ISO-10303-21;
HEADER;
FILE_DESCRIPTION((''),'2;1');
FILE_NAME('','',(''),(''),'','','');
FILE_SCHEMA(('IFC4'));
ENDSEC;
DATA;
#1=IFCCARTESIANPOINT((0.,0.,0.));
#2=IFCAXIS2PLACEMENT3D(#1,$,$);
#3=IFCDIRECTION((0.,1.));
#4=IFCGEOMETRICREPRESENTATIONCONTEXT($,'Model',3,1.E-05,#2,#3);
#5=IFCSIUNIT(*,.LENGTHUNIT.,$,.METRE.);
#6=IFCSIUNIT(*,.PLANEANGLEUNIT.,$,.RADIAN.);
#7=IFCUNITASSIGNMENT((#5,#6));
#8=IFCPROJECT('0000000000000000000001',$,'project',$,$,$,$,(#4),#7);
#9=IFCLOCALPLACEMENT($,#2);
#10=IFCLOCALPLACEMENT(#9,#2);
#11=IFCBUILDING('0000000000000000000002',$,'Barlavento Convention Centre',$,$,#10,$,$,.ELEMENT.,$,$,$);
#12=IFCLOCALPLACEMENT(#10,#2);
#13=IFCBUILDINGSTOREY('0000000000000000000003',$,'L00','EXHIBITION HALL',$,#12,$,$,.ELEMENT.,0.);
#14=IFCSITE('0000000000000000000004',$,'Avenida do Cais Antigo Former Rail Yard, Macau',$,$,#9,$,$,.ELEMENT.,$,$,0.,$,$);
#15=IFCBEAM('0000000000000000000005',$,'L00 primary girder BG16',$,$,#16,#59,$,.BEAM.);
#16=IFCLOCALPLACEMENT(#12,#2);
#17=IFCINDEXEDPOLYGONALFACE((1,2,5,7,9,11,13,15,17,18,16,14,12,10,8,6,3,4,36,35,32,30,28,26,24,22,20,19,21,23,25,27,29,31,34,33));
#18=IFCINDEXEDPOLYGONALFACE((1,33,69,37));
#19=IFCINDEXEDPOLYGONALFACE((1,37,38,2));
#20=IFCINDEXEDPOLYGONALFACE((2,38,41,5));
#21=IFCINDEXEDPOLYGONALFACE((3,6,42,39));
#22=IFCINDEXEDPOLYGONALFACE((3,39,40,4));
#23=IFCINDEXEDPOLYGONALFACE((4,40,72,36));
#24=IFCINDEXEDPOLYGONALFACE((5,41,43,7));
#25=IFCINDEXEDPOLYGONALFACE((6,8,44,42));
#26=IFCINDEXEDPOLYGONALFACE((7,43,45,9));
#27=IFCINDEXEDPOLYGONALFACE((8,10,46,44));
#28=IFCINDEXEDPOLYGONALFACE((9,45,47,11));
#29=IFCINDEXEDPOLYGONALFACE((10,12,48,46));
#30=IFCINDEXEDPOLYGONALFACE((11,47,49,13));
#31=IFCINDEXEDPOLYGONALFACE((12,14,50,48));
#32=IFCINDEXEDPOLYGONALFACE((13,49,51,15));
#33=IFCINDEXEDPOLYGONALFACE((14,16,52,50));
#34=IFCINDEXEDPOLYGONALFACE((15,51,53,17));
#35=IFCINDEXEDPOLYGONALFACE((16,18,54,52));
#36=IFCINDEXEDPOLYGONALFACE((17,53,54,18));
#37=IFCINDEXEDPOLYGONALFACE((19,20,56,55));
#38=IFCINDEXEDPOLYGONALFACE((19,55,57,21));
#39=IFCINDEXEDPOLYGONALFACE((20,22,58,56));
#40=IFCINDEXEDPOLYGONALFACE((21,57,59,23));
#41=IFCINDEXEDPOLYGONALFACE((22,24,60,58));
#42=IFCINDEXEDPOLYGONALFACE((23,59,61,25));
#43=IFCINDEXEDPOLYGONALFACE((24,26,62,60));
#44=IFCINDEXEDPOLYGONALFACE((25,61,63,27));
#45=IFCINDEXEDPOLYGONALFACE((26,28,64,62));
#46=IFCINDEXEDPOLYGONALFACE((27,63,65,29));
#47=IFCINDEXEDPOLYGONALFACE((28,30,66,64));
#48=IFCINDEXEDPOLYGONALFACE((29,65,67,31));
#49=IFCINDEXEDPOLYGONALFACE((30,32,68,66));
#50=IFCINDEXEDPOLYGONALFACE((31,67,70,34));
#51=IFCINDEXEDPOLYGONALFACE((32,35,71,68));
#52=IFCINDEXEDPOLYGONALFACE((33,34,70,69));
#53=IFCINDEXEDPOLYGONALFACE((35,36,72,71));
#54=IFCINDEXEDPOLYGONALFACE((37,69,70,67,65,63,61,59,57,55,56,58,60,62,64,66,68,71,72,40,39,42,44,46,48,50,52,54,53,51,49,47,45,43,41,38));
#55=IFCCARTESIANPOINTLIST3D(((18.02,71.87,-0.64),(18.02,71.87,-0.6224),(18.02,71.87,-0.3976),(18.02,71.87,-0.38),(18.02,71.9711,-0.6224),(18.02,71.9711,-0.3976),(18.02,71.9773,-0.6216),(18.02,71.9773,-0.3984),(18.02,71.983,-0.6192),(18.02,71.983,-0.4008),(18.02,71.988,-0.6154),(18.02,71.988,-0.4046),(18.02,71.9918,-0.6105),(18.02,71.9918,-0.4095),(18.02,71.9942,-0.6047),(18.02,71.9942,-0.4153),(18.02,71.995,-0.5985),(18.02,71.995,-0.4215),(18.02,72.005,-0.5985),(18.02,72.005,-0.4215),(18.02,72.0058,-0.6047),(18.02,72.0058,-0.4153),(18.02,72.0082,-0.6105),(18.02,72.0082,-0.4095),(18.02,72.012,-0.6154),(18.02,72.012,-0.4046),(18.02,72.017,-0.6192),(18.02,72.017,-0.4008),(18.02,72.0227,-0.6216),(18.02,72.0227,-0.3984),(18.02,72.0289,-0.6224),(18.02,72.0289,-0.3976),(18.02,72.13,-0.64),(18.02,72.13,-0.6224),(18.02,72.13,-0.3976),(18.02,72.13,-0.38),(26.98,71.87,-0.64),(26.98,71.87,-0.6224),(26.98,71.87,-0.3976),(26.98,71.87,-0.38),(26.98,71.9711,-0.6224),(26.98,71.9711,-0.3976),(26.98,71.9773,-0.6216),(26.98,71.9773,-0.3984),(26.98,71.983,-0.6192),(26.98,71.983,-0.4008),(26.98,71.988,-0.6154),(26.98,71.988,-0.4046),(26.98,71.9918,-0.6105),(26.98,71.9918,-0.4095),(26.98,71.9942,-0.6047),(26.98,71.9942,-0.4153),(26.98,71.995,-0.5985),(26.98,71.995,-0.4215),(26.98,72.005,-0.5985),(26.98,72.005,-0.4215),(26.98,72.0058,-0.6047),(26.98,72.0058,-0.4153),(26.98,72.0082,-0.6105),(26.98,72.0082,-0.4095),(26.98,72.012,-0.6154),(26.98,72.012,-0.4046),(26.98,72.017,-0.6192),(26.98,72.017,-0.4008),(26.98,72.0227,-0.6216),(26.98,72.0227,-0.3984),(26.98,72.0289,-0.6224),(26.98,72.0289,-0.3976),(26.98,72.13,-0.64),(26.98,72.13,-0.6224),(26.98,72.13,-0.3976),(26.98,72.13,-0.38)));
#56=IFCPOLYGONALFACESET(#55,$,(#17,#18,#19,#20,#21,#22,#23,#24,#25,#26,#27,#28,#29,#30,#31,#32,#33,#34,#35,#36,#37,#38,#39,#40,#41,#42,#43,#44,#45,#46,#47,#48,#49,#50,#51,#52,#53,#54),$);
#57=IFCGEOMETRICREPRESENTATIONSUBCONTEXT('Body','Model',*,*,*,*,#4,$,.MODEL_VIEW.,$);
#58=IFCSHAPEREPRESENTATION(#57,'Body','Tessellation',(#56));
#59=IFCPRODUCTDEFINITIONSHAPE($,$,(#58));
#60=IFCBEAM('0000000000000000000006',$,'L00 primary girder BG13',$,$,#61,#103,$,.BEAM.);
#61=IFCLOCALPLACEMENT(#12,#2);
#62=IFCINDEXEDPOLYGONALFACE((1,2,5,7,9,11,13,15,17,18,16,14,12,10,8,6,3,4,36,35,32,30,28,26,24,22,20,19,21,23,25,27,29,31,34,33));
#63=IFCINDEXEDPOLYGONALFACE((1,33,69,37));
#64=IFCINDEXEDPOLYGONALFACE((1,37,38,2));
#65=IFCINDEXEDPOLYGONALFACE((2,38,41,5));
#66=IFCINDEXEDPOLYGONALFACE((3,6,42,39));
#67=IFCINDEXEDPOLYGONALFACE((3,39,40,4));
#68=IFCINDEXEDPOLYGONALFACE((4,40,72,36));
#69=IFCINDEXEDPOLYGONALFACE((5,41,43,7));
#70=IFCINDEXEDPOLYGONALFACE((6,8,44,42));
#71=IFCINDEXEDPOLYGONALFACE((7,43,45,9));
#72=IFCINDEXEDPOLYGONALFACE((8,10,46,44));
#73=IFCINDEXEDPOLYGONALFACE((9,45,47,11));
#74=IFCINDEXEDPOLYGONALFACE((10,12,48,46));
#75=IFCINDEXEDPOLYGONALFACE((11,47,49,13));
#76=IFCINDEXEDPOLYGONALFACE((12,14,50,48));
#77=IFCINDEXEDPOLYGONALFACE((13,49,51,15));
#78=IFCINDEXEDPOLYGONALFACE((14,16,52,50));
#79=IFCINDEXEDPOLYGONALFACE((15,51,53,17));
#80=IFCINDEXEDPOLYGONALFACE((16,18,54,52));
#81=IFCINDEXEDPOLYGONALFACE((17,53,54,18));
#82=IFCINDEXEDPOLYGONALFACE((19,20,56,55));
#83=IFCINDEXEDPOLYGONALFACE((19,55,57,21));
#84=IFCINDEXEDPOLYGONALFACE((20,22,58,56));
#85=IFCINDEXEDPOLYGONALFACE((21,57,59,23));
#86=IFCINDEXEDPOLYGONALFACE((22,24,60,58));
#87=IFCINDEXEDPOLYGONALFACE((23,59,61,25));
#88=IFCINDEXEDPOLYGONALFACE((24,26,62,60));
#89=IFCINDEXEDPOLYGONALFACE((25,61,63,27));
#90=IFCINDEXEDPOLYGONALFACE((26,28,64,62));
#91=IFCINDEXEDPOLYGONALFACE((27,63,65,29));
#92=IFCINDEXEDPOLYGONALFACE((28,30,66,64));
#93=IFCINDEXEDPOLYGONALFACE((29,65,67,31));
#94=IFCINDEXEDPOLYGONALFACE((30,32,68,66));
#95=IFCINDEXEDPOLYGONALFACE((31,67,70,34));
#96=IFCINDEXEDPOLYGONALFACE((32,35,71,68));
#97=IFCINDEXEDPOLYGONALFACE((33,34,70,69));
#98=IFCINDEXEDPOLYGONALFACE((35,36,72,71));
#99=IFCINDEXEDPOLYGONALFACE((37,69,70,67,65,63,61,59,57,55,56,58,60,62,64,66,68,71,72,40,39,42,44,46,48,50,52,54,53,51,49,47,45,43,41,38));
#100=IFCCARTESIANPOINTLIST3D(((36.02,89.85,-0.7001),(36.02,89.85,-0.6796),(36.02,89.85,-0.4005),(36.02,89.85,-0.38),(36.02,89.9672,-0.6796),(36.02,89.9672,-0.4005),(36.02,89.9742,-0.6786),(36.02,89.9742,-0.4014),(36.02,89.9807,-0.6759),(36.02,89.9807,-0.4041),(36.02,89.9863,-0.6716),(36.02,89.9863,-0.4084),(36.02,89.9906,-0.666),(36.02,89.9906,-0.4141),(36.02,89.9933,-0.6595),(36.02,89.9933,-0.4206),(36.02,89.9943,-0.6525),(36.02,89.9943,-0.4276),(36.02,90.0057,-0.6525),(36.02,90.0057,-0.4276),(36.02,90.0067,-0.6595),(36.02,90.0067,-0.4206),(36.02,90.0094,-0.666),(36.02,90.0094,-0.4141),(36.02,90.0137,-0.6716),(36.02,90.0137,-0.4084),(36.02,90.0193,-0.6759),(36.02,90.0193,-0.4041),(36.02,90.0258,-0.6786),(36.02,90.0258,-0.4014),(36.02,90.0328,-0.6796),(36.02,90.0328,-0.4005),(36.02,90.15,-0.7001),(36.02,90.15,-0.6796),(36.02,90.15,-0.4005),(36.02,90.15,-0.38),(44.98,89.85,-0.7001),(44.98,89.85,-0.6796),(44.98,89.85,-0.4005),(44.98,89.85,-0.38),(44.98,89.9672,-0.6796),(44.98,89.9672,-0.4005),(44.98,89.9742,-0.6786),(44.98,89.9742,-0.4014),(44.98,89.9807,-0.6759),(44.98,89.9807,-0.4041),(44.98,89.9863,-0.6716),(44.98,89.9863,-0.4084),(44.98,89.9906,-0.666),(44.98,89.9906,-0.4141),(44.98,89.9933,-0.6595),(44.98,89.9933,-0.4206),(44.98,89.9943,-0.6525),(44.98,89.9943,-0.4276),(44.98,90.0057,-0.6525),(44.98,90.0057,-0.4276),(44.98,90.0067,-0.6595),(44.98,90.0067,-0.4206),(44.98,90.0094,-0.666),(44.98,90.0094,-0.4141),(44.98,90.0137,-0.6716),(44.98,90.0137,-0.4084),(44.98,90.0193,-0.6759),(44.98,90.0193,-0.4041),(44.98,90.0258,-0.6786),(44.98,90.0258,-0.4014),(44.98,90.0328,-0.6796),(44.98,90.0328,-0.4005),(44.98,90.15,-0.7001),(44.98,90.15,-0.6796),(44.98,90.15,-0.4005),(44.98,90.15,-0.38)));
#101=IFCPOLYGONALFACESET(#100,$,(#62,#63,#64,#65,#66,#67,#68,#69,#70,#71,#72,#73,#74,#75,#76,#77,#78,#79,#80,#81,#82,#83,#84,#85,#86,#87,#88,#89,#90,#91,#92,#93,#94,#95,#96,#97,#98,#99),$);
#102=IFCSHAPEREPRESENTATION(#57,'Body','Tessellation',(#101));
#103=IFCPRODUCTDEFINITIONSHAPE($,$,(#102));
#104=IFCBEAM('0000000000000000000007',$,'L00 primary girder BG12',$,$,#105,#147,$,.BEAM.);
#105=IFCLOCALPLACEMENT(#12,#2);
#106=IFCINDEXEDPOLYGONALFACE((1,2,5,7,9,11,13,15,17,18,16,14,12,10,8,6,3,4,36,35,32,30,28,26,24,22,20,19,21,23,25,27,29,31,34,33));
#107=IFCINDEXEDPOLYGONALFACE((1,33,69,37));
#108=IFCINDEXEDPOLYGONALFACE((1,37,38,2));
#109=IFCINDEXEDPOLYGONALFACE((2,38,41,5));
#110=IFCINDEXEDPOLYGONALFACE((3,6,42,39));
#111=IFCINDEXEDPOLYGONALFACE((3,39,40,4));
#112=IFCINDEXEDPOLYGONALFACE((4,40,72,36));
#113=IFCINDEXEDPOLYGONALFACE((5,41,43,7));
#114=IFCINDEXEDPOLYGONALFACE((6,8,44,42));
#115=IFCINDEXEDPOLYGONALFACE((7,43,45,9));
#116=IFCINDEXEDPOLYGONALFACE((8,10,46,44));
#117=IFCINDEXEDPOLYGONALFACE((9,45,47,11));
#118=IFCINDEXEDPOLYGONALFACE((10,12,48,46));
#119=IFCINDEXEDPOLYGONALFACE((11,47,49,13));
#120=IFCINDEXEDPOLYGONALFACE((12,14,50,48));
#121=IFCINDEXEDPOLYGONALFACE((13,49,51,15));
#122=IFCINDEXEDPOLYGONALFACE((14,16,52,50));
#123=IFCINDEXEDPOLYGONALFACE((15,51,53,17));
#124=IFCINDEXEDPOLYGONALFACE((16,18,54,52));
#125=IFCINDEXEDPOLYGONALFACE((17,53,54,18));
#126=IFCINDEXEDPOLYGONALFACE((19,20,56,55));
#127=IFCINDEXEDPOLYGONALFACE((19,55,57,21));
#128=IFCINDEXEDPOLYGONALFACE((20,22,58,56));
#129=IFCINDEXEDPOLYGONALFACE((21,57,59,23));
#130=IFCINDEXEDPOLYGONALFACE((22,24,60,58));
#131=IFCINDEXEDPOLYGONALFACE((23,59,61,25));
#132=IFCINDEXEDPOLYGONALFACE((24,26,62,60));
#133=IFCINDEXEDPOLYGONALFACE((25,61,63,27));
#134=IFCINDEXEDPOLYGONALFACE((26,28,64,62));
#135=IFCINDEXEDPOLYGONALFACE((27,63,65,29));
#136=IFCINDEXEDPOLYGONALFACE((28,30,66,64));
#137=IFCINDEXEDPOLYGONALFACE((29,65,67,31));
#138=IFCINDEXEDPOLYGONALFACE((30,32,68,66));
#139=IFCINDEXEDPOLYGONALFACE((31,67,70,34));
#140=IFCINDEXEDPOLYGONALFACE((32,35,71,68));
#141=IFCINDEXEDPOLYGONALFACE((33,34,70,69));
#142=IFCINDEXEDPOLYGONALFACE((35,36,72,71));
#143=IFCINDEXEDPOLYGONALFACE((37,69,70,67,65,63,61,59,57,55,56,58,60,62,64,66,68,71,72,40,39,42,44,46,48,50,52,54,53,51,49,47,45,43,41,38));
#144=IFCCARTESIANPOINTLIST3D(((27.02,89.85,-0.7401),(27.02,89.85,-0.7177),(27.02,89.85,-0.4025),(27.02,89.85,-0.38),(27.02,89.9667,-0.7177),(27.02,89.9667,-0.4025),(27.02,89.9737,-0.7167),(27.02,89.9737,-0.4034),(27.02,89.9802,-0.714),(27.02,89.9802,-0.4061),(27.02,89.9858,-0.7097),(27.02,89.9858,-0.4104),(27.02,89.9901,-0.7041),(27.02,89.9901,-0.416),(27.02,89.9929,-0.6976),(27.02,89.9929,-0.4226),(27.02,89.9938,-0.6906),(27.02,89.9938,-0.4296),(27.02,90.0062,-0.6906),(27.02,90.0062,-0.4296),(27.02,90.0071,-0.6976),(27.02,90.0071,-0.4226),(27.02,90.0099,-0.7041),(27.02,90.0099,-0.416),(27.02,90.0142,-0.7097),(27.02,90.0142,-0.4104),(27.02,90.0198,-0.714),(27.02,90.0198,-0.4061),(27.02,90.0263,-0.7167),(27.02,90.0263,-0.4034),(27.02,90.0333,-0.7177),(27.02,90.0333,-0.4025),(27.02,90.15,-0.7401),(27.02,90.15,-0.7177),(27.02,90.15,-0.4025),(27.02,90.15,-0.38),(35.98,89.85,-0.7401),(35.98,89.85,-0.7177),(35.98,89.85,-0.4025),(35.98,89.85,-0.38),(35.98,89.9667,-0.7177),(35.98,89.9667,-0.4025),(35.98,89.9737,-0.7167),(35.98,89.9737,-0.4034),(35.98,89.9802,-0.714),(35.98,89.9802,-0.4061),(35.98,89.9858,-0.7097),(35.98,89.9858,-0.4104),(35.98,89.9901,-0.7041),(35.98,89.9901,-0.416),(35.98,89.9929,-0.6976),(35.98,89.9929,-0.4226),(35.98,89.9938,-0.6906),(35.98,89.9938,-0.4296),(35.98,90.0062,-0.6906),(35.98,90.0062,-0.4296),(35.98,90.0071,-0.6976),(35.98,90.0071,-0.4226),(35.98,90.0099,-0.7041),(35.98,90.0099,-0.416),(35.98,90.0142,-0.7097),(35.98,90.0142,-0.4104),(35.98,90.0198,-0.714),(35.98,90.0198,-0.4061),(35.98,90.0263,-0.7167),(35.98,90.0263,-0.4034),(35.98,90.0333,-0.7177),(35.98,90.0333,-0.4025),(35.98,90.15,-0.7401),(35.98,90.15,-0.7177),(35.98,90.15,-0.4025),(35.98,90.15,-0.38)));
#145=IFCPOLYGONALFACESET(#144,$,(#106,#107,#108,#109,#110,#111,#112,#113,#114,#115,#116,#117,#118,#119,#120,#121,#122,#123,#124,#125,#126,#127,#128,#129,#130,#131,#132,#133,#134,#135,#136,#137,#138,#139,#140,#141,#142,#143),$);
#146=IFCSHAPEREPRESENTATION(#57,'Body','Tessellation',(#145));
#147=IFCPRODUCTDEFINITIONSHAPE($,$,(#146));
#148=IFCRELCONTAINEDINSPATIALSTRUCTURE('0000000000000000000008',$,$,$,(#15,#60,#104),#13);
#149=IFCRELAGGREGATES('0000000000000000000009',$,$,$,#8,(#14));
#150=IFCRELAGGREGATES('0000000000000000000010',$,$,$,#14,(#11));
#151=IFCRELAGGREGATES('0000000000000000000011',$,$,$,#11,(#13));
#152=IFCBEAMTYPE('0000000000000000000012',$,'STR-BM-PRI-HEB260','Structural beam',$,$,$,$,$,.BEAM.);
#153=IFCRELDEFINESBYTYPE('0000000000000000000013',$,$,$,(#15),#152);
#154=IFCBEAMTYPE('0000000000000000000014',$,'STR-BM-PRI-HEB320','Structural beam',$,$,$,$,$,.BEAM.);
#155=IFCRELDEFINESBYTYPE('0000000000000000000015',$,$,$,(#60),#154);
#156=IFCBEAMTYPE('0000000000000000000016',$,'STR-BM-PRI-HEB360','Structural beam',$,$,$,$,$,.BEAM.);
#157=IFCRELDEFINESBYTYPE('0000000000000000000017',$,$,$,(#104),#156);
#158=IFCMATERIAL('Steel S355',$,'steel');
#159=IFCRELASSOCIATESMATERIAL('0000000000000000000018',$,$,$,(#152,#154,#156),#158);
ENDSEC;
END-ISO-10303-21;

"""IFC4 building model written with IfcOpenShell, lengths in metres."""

from ifc_helpers import new_model, si_unit, direction, frame, origin, origin_2d, place, context, subcontext, project, spatial, i_section, extrude, material, material_profile, profile_set, type_object, element, save


model = new_model("IFC4")

# Units and contexts
model_context = context("Model", 3, precision=1e-05, world=origin(), true_north=direction((0.0, 1.0)))
body_context = subcontext(model_context, "Body", "Model", "MODEL_VIEW")
ifc_project = project(units=[si_unit("LENGTHUNIT", "METRE"), si_unit("PLANEANGLEUNIT", "RADIAN")], contexts=[model_context])

# Site, building, storey
site_placement = place(None, origin())
site = spatial("IfcSite", under=ifc_project, at=site_placement, Name="Avenida do Cais Antigo Former Rail Yard, Macau", CompositionType="ELEMENT", RefElevation=0.0)
building_placement = place(site_placement, origin())
building = spatial("IfcBuilding", under=site, at=building_placement, Name="Barlavento Convention Centre", CompositionType="ELEMENT")
storey_placement = place(building_placement, origin())
storey = spatial("IfcBuildingStorey", under=building, at=storey_placement, Name="L00", Description="EXHIBITION HALL", CompositionType="ELEMENT", Elevation=0.0)

# Beams
ifc_material = material(Name="Steel S355", Category="steel")
ifc_material_profile_1 = material_profile(ifc_material, i_section(OverallWidth=0.26, OverallDepth=0.26, WebThickness=0.01, FlangeThickness=0.0176, FilletRadius=0.0239, at=origin_2d()), Name="HEB 260")
ifc_profile_set_1 = profile_set([ifc_material_profile_1], Name="Steel S355")
beam_type_1 = type_object("IfcBeamType", Name="STR-BM-PRI-HEB260", Description="Structural beam", PredefinedType="BEAM", material=ifc_profile_set_1)
beam_1_placement = place(storey_placement, frame((18.02, 72.0, -0.51), z_axis=(1.0, 0.0, 0.0), x_axis=(0.0, 1.0, 0.0)))
element("IfcBeam", 1, at=beam_1_placement, inside=storey, type_object=beam_type_1, Name="L00 primary girder BG16", PredefinedType="BEAM", context=body_context, shape_type="SweptSolid", body=[
    extrude(i_section(OverallWidth=0.26, OverallDepth=0.26, WebThickness=0.01, FlangeThickness=0.0176, FilletRadius=0.0239, at=origin_2d()), origin(), (0.0, 0.0, 1.0), 8.96),
])
ifc_material_profile_2 = material_profile(ifc_material, i_section(OverallWidth=0.3, OverallDepth=0.3201, WebThickness=0.0115, FlangeThickness=0.0205, FilletRadius=0.0271, at=origin_2d()), Name="HEB 320")
ifc_profile_set_2 = profile_set([ifc_material_profile_2], Name="Steel S355")
beam_type_2 = type_object("IfcBeamType", Name="STR-BM-PRI-HEB320", Description="Structural beam", PredefinedType="BEAM", material=ifc_profile_set_2)
beam_2_placement = place(storey_placement, frame((36.02, 90.0, -0.54), z_axis=(1.0, 0.0, 0.0), x_axis=(0.0, 1.0, 0.0)))
element("IfcBeam", 2, at=beam_2_placement, inside=storey, type_object=beam_type_2, Name="L00 primary girder BG13", PredefinedType="BEAM", context=body_context, shape_type="SweptSolid", body=[
    extrude(i_section(OverallWidth=0.3, OverallDepth=0.3201, WebThickness=0.0115, FlangeThickness=0.0205, FilletRadius=0.0271, at=origin_2d()), origin(), (0.0, 0.0, 1.0), 8.96),
])
ifc_material_profile_3 = material_profile(ifc_material, i_section(OverallWidth=0.3, OverallDepth=0.3601, WebThickness=0.0125, FlangeThickness=0.0225, FilletRadius=0.0271, at=origin_2d()), Name="HEB 360")
ifc_profile_set_3 = profile_set([ifc_material_profile_3], Name="Steel S355")
beam_type_3 = type_object("IfcBeamType", Name="STR-BM-PRI-HEB360", Description="Structural beam", PredefinedType="BEAM", material=ifc_profile_set_3)
beam_3_placement = place(storey_placement, frame((27.02, 90.0, -0.5601), z_axis=(1.0, 0.0, 0.0), x_axis=(0.0, 1.0, 0.0)))
element("IfcBeam", 3, at=beam_3_placement, inside=storey, type_object=beam_type_3, Name="L00 primary girder BG12", PredefinedType="BEAM", context=body_context, shape_type="SweptSolid", body=[
    extrude(i_section(OverallWidth=0.3, OverallDepth=0.3601, WebThickness=0.0125, FlangeThickness=0.0225, FilletRadius=0.0271, at=origin_2d()), origin(), (0.0, 0.0, 1.0), 8.96),
])

save(model, "model.ifc")
